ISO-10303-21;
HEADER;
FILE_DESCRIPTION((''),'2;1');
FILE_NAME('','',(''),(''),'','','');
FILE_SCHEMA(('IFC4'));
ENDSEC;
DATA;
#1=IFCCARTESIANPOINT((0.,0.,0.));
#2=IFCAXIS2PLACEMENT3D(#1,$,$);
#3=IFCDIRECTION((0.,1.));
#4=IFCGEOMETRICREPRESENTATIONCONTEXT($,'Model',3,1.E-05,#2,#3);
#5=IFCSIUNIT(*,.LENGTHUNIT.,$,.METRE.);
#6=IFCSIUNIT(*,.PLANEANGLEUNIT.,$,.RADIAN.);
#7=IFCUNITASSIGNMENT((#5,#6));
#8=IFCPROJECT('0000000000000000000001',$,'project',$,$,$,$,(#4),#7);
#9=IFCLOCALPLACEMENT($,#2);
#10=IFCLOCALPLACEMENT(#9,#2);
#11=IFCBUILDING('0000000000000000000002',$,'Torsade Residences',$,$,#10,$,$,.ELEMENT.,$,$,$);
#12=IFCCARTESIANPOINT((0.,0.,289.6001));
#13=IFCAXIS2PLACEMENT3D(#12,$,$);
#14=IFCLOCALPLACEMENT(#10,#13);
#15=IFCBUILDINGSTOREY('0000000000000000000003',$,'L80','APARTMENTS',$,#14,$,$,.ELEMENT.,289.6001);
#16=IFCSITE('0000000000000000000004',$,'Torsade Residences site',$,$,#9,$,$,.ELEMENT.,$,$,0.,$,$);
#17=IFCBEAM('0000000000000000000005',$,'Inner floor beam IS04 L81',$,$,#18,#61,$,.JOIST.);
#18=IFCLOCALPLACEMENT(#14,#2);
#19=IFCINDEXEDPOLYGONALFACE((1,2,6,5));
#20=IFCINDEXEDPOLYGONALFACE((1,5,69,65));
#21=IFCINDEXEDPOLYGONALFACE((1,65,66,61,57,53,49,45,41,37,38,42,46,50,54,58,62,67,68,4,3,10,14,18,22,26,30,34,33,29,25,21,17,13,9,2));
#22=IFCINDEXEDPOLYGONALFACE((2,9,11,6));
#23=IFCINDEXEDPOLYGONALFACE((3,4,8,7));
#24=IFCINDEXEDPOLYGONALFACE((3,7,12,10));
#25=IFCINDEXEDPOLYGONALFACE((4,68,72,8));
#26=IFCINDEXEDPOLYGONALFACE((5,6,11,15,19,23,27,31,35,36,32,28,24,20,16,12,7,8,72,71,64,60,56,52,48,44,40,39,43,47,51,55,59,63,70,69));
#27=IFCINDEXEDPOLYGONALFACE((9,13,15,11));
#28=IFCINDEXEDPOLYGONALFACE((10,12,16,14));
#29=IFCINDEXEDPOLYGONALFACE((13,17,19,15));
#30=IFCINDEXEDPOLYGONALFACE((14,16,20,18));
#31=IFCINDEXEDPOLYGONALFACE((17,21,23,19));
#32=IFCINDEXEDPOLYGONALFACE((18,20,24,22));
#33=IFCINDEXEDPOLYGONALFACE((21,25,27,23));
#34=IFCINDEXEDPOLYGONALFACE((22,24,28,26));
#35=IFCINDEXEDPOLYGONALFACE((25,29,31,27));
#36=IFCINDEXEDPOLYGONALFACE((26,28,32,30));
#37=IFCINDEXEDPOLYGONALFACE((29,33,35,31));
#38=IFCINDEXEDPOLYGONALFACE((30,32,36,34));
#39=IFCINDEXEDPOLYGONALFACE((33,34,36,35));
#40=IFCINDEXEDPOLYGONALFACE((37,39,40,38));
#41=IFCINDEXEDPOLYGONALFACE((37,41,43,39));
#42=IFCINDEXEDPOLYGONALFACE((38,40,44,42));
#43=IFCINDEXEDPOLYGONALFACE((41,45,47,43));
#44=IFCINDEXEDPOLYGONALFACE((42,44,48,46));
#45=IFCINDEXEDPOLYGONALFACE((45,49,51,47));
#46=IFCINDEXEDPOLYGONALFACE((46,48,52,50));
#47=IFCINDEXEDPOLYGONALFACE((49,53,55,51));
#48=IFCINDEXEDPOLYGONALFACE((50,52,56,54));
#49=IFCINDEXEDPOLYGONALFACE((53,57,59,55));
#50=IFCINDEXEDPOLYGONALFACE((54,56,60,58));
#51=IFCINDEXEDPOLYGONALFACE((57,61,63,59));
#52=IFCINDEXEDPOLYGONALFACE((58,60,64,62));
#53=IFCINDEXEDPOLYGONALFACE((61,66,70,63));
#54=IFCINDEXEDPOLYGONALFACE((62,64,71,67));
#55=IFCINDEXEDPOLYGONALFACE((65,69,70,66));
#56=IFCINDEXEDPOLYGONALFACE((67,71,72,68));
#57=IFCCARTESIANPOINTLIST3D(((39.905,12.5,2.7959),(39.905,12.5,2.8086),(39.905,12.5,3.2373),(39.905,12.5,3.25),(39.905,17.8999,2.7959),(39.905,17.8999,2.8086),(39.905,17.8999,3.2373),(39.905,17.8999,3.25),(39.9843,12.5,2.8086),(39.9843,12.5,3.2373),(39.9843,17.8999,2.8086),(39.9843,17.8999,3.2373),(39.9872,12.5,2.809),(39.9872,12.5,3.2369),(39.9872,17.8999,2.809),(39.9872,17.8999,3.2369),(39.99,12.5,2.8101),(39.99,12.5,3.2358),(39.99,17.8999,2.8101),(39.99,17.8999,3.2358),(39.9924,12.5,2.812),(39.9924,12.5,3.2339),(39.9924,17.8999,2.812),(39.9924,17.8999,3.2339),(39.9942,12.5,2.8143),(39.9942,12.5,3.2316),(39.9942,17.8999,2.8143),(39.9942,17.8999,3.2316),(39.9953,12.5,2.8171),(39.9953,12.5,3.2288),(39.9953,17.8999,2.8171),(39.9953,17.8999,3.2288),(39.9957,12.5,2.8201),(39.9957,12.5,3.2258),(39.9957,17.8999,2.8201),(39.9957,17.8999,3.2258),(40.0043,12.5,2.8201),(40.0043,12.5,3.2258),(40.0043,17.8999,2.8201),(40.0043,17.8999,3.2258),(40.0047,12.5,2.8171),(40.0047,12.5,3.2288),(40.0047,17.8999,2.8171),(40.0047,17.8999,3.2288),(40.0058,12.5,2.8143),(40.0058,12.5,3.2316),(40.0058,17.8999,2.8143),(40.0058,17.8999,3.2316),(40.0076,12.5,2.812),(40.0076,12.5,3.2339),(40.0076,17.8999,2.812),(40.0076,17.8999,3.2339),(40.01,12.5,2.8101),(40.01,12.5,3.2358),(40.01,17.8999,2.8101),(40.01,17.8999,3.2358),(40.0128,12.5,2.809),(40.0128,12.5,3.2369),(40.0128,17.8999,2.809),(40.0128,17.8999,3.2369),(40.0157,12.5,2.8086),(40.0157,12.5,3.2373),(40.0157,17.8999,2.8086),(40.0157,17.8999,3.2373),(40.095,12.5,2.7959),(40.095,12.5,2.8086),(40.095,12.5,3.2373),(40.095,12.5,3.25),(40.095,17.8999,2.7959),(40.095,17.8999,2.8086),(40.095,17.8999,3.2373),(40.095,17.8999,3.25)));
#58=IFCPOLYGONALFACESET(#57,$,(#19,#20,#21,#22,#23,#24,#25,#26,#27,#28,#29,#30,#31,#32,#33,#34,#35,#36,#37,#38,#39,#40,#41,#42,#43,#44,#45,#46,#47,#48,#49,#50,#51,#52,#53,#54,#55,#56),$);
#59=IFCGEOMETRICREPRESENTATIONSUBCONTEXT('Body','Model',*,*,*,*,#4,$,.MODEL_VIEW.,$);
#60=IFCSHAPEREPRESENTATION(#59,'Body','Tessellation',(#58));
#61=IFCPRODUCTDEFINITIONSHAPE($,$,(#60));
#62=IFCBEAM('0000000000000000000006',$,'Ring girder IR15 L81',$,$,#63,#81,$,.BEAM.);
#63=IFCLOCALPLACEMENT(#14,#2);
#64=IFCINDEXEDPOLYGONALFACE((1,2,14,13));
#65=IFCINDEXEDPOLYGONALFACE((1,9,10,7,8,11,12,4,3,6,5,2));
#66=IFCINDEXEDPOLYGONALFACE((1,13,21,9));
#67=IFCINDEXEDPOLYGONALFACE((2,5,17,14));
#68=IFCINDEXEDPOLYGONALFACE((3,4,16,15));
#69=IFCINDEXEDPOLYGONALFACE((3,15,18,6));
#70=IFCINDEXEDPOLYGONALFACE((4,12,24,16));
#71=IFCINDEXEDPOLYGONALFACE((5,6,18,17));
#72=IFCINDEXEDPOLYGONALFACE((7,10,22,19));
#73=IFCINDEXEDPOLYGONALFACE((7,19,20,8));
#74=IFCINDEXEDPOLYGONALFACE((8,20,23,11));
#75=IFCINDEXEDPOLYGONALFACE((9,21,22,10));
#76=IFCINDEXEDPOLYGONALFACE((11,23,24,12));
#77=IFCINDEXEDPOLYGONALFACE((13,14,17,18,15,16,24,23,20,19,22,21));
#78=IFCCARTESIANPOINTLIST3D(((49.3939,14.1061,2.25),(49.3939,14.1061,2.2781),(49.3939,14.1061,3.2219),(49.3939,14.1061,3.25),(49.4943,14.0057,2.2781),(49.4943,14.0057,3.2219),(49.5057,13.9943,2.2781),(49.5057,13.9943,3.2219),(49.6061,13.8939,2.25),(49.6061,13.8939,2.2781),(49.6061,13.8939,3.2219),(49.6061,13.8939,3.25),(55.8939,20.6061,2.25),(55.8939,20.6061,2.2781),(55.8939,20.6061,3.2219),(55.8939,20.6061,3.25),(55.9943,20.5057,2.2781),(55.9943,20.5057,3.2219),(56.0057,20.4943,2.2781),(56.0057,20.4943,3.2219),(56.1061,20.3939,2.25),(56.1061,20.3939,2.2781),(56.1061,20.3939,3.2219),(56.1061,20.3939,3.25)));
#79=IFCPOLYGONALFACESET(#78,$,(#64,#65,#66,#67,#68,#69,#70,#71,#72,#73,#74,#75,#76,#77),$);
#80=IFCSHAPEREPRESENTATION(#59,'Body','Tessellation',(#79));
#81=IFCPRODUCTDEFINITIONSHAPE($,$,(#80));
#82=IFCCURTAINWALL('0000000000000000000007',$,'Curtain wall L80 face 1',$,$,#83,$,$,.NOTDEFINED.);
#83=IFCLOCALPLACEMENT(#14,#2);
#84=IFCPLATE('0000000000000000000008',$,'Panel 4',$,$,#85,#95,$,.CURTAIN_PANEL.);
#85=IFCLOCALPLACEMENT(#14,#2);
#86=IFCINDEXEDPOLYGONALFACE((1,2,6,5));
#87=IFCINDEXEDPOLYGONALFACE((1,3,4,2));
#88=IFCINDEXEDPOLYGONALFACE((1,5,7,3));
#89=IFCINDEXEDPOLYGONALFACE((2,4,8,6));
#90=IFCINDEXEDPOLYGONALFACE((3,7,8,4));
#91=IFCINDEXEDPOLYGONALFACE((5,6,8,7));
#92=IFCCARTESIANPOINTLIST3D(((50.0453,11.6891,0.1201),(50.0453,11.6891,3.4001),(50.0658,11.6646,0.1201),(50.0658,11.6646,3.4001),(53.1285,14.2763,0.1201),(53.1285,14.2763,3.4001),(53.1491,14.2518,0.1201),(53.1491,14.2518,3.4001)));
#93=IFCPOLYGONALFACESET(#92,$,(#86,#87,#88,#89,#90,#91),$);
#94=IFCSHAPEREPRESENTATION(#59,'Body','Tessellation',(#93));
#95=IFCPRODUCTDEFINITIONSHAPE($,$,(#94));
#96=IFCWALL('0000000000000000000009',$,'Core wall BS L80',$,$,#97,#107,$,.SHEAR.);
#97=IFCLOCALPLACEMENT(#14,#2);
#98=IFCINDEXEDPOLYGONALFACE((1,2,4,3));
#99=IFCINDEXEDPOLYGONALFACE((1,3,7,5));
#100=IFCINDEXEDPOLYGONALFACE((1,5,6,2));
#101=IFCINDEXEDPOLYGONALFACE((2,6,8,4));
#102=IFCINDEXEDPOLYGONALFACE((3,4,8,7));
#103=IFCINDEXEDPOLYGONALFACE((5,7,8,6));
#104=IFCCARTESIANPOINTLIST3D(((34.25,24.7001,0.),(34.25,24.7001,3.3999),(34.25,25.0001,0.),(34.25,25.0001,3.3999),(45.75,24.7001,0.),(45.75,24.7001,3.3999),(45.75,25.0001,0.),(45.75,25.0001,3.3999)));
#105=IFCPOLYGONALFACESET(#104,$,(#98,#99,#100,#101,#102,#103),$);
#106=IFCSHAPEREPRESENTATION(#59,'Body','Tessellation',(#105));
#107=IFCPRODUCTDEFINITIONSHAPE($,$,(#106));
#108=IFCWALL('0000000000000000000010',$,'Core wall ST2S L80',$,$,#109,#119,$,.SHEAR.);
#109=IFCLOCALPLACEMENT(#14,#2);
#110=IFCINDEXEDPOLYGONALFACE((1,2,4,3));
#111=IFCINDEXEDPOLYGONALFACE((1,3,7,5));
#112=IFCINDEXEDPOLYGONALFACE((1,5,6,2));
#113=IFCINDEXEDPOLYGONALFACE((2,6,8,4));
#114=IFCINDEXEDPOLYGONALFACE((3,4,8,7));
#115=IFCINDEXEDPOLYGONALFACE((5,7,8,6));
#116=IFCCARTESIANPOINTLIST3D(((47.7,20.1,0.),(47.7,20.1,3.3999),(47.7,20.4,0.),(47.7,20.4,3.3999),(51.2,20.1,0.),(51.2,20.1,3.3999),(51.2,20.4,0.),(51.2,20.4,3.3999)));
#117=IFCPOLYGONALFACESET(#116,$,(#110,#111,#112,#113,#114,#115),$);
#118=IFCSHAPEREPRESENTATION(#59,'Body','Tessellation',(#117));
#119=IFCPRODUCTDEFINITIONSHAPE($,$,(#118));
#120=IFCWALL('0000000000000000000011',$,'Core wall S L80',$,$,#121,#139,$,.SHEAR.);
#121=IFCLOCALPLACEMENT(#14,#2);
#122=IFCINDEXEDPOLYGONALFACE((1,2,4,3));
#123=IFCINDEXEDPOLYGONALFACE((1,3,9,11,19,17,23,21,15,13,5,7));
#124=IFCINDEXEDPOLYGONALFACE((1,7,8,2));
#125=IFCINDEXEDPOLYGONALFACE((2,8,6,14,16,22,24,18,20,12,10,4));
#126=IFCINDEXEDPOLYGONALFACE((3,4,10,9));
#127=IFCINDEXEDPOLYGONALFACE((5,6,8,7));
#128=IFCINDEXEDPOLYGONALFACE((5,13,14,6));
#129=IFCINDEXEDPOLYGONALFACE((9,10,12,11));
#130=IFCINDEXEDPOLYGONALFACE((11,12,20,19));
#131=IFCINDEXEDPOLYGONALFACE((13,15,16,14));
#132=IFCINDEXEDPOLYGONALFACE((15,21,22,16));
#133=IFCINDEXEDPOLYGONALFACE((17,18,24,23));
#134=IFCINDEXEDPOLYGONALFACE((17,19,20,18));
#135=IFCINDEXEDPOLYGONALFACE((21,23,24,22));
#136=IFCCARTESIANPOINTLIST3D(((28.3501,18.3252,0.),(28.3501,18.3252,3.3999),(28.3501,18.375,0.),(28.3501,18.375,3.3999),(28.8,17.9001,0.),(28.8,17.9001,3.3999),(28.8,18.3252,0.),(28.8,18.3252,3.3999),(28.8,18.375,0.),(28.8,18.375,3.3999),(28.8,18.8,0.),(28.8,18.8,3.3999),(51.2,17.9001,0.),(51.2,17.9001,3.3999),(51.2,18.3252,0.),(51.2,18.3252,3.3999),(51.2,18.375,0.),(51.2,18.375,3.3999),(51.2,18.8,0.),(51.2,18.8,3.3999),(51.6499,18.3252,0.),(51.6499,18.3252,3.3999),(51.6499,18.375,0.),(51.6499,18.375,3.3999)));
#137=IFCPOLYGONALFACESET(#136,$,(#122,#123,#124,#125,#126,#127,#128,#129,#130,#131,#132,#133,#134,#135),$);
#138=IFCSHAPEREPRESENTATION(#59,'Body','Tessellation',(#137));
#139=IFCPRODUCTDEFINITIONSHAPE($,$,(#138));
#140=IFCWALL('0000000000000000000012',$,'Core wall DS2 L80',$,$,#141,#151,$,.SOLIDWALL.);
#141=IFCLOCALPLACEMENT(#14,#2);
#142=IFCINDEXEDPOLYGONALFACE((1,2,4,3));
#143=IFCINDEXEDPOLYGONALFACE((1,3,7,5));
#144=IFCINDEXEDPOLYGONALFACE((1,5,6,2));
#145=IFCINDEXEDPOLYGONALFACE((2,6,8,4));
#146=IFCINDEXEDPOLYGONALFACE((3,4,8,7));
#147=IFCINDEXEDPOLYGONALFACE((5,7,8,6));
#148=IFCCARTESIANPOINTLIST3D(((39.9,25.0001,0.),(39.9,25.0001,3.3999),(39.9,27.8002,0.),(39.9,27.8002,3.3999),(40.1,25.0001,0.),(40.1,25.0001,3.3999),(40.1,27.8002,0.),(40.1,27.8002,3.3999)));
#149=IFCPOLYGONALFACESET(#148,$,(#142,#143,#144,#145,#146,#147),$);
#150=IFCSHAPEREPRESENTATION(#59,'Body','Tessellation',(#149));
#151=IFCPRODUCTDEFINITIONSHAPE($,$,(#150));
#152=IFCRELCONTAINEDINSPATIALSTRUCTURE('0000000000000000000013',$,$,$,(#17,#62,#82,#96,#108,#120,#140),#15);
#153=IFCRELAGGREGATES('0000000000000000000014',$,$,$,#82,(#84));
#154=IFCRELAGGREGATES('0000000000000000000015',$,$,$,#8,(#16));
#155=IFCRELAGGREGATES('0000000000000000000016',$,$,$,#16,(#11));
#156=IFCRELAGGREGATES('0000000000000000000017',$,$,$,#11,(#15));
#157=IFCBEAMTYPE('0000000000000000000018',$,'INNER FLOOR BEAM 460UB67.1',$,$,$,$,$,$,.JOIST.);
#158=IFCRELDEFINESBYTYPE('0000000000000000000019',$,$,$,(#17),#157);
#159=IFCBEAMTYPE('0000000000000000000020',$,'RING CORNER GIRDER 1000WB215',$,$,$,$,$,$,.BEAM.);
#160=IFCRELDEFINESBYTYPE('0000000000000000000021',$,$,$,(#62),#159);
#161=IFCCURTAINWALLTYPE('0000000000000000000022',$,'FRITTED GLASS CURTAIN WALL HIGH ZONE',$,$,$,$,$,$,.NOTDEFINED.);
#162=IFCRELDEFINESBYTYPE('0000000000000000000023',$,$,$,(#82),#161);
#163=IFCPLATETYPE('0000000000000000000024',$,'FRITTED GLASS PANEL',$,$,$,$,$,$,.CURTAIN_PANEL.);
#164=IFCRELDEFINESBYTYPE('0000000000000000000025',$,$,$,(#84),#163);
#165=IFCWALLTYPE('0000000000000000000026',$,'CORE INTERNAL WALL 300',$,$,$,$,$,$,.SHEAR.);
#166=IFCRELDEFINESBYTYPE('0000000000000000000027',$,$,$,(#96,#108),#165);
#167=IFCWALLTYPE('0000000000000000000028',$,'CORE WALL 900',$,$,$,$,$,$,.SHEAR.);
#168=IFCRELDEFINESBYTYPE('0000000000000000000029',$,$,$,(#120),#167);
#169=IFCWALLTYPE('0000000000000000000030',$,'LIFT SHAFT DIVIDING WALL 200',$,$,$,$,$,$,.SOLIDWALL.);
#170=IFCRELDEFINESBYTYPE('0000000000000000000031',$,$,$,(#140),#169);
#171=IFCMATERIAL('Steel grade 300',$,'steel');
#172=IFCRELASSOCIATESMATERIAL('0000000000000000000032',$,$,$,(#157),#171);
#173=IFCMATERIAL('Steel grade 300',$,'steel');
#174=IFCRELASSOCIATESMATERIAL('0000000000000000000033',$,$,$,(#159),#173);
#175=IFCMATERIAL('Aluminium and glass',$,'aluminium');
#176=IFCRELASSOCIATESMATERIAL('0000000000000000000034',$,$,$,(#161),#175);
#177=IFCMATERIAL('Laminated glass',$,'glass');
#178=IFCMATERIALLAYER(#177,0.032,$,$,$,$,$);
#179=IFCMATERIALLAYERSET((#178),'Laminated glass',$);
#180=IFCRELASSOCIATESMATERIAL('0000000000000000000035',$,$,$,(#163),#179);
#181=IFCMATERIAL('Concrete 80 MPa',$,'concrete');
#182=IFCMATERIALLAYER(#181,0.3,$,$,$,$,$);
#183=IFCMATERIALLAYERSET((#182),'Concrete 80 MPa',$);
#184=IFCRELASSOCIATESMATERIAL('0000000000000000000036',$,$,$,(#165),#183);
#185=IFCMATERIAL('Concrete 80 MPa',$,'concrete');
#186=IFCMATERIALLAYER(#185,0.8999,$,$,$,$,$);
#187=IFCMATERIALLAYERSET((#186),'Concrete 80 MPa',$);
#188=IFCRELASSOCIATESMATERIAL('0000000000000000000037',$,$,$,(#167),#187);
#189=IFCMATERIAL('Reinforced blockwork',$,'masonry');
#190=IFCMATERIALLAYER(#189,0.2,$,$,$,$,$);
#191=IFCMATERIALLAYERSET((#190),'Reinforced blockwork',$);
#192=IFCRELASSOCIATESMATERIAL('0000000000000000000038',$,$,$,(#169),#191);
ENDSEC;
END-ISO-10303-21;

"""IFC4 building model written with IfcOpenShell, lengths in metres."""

from ifc_helpers import new_model, si_unit, direction, frame, frame_2d, origin, origin_2d, place, context, subcontext, project, spatial, polyline, rectangle, i_section, outline, extrude, material, layer, layer_set, material_profile, profile_set, type_object, element, aggregate, save


model = new_model("IFC4")

# Units and contexts
model_context = context("Model", 3, precision=1e-05, world=origin(), true_north=direction((0.0, 1.0)))
body_context = subcontext(model_context, "Body", "Model", "MODEL_VIEW")
ifc_project = project(units=[si_unit("LENGTHUNIT", "METRE"), si_unit("PLANEANGLEUNIT", "RADIAN")], contexts=[model_context])

# Site, building, storey
site_placement = place(None, origin())
site = spatial("IfcSite", under=ifc_project, at=site_placement, Name="Torsade Residences site", CompositionType="ELEMENT", RefElevation=0.0)
building_placement = place(site_placement, origin())
building = spatial("IfcBuilding", under=site, at=building_placement, Name="Torsade Residences", CompositionType="ELEMENT")
storey_placement = place(building_placement, frame((0.0, 0.0, 289.6001)))
storey = spatial("IfcBuildingStorey", under=building, at=storey_placement, Name="L80", Description="APARTMENTS", CompositionType="ELEMENT", Elevation=289.6001)

# Beams
ifc_material_1 = material(Name="Steel grade 300", Category="steel")
ifc_material_profile_1 = material_profile(ifc_material_1, i_section(OverallWidth=0.1899, OverallDepth=0.4541, WebThickness=0.0085, FlangeThickness=0.0127, FilletRadius=0.0115, at=origin_2d()), Name="460UB67.1")
ifc_profile_set_1 = profile_set([ifc_material_profile_1], Name="Steel grade 300")
beam_type_1 = type_object("IfcBeamType", Name="INNER FLOOR BEAM 460UB67.1", PredefinedType="JOIST", material=ifc_profile_set_1)
for number, where, z_axis, x_axis, name in (
    (1, (40.0, 17.8999, 3.0229), (0.0, -1.0, 0.0), (1.0, 0.0, 0.0), "Inner floor beam IS04 L81"),
):
    element("IfcBeam", number, at=place(storey_placement, frame(where, z_axis=z_axis, x_axis=x_axis)), inside=storey, type_object=beam_type_1, Name=name, PredefinedType="JOIST", context=body_context, shape_type="SweptSolid", body=[
        extrude(i_section(OverallWidth=0.1899, OverallDepth=0.4541, WebThickness=0.0085, FlangeThickness=0.0127, FilletRadius=0.0115, at=origin_2d()), origin(), (0.0, 0.0, 1.0), 5.3999),
    ])
ifc_material_2 = material(Name="Steel grade 300", Category="steel")
ifc_material_profile_2 = material_profile(ifc_material_2, i_section(OverallWidth=0.3, OverallDepth=1.0, WebThickness=0.0161, FlangeThickness=0.0281, at=origin_2d()), Name="1000WB215")
ifc_profile_set_2 = profile_set([ifc_material_profile_2], Name="Steel grade 300")
beam_type_2 = type_object("IfcBeamType", Name="RING CORNER GIRDER 1000WB215", PredefinedType="BEAM", material=ifc_profile_set_2)
beam_1_placement = place(storey_placement, frame((49.5, 14.0, 2.75), z_axis=(0.707107, 0.707107, 0.0), x_axis=(-0.707107, 0.707107, 0.0)))
element("IfcBeam", 2, at=beam_1_placement, inside=storey, type_object=beam_type_2, Name="Ring girder IR15 L81", PredefinedType="BEAM", context=body_context, shape_type="SweptSolid", body=[
    extrude(i_section(OverallWidth=0.3, OverallDepth=1.0, WebThickness=0.0161, FlangeThickness=0.0281, at=origin_2d()), origin(), (0.0, 0.0, 1.0), 9.1924),
])

# Curtain wall, plate
ifc_material_3 = material(Name="Aluminium and glass", Category="aluminium")
curtain_wall_type = type_object("IfcCurtainWallType", Name="FRITTED GLASS CURTAIN WALL HIGH ZONE", PredefinedType="NOTDEFINED", material=ifc_material_3)
curtain_wall_placement = place(storey_placement, origin())
curtain_wall = element("IfcCurtainWall", 3, at=curtain_wall_placement, inside=storey, type_object=curtain_wall_type, Name="Curtain wall L80 face 1", PredefinedType="NOTDEFINED")
ifc_material_4 = material(Name="Laminated glass", Category="glass")
ifc_layer_1 = layer(ifc_material_4, 0.032)
ifc_layer_set_1 = layer_set([ifc_layer_1], Name="Laminated glass")
plate_type = type_object("IfcPlateType", Name="FRITTED GLASS PANEL", PredefinedType="CURTAIN_PANEL", material=ifc_layer_set_1)
plate_placement = place(storey_placement, frame((51.5972, 12.9705, 0.1201), z_axis=(0.0, 0.0, 1.0), x_axis=(0.766044, 0.642788, 0.0)))
plate = element("IfcPlate", 4, at=plate_placement, type_object=plate_type, Name="Panel 4", PredefinedType="CURTAIN_PANEL", context=body_context, shape_type="SweptSolid", body=[
    extrude(rectangle(XDim=4.0249, YDim=0.032, at=origin_2d()), origin(), (0.0, 0.0, 1.0), 3.28),
])
aggregate(curtain_wall, [plate])

# Walls
ifc_material_5 = material(Name="Concrete 80 MPa", Category="concrete")
ifc_layer_2 = layer(ifc_material_5, 0.3)
ifc_layer_set_2 = layer_set([ifc_layer_2], Name="Concrete 80 MPa")
wall_type_1 = type_object("IfcWallType", Name="CORE INTERNAL WALL 300", PredefinedType="SHEAR", material=ifc_layer_set_2)
wall_1_placement = place(storey_placement, frame((45.75, 24.8501, 0.0), z_axis=(0.0, 0.0, 1.0), x_axis=(-1.0, 0.0, 0.0)))
element("IfcWall", 5, at=wall_1_placement, inside=storey, type_object=wall_type_1, Name="Core wall BS L80", PredefinedType="SHEAR", context=body_context, shape_type="SweptSolid", body=[
    extrude(rectangle(XDim=11.5, YDim=0.3, at=frame_2d((5.75, 0.0))), origin(), (0.0, 0.0, 1.0), 3.3999),
])
wall_2_placement = place(storey_placement, frame((51.2, 20.25, 0.0), z_axis=(0.0, 0.0, 1.0), x_axis=(-1.0, 0.0, 0.0)))
element("IfcWall", 6, at=wall_2_placement, inside=storey, type_object=wall_type_1, Name="Core wall ST2S L80", PredefinedType="SHEAR", context=body_context, shape_type="SweptSolid", body=[
    extrude(rectangle(XDim=3.5, YDim=0.3, at=frame_2d((1.75, 0.0))), origin(), (0.0, 0.0, 1.0), 3.3999),
])
ifc_material_6 = material(Name="Concrete 80 MPa", Category="concrete")
ifc_layer_3 = layer(ifc_material_6, 0.8999)
ifc_layer_set_3 = layer_set([ifc_layer_3], Name="Concrete 80 MPa")
wall_type_2 = type_object("IfcWallType", Name="CORE WALL 900", PredefinedType="SHEAR", material=ifc_layer_set_3)
wall_3_placement = place(storey_placement, frame((51.2, 18.3501, 0.0), z_axis=(0.0, 0.0, 1.0), x_axis=(-1.0, 0.0, 0.0)))
element("IfcWall", 7, at=wall_3_placement, inside=storey, type_object=wall_type_2, Name="Core wall S L80", PredefinedType="SHEAR", context=body_context, shape_type="SweptSolid", body=[
    extrude(outline(polyline([(0.0, -0.45), (22.3999, -0.45), (22.3999, -0.0249), (22.8499, -0.0249), (22.8499, 0.0249), (22.3999, 0.0249), (22.3999, 0.45), (0.0, 0.45), (0.0, 0.0249), (-0.45, 0.0249), (-0.45, -0.0249), (0.0, -0.0249), (0.0, -0.45)])), origin(), (0.0, 0.0, 1.0), 3.3999),
])
ifc_material_7 = material(Name="Reinforced blockwork", Category="masonry")
ifc_layer_4 = layer(ifc_material_7, 0.2)
ifc_layer_set_4 = layer_set([ifc_layer_4], Name="Reinforced blockwork")
wall_type_3 = type_object("IfcWallType", Name="LIFT SHAFT DIVIDING WALL 200", PredefinedType="SOLIDWALL", material=ifc_layer_set_4)
wall_4_placement = place(storey_placement, frame((40.0, 27.8, 0.0), z_axis=(0.0, 0.0, 1.0), x_axis=(0.0, -1.0, 0.0)))
element("IfcWall", 8, at=wall_4_placement, inside=storey, type_object=wall_type_3, Name="Core wall DS2 L80", PredefinedType="SOLIDWALL", context=body_context, shape_type="SweptSolid", body=[
    extrude(rectangle(XDim=2.8, YDim=0.2, at=frame_2d((1.3999, 0.0))), origin(), (0.0, 0.0, 1.0), 3.3999),
])

save(model, "model.ifc")
